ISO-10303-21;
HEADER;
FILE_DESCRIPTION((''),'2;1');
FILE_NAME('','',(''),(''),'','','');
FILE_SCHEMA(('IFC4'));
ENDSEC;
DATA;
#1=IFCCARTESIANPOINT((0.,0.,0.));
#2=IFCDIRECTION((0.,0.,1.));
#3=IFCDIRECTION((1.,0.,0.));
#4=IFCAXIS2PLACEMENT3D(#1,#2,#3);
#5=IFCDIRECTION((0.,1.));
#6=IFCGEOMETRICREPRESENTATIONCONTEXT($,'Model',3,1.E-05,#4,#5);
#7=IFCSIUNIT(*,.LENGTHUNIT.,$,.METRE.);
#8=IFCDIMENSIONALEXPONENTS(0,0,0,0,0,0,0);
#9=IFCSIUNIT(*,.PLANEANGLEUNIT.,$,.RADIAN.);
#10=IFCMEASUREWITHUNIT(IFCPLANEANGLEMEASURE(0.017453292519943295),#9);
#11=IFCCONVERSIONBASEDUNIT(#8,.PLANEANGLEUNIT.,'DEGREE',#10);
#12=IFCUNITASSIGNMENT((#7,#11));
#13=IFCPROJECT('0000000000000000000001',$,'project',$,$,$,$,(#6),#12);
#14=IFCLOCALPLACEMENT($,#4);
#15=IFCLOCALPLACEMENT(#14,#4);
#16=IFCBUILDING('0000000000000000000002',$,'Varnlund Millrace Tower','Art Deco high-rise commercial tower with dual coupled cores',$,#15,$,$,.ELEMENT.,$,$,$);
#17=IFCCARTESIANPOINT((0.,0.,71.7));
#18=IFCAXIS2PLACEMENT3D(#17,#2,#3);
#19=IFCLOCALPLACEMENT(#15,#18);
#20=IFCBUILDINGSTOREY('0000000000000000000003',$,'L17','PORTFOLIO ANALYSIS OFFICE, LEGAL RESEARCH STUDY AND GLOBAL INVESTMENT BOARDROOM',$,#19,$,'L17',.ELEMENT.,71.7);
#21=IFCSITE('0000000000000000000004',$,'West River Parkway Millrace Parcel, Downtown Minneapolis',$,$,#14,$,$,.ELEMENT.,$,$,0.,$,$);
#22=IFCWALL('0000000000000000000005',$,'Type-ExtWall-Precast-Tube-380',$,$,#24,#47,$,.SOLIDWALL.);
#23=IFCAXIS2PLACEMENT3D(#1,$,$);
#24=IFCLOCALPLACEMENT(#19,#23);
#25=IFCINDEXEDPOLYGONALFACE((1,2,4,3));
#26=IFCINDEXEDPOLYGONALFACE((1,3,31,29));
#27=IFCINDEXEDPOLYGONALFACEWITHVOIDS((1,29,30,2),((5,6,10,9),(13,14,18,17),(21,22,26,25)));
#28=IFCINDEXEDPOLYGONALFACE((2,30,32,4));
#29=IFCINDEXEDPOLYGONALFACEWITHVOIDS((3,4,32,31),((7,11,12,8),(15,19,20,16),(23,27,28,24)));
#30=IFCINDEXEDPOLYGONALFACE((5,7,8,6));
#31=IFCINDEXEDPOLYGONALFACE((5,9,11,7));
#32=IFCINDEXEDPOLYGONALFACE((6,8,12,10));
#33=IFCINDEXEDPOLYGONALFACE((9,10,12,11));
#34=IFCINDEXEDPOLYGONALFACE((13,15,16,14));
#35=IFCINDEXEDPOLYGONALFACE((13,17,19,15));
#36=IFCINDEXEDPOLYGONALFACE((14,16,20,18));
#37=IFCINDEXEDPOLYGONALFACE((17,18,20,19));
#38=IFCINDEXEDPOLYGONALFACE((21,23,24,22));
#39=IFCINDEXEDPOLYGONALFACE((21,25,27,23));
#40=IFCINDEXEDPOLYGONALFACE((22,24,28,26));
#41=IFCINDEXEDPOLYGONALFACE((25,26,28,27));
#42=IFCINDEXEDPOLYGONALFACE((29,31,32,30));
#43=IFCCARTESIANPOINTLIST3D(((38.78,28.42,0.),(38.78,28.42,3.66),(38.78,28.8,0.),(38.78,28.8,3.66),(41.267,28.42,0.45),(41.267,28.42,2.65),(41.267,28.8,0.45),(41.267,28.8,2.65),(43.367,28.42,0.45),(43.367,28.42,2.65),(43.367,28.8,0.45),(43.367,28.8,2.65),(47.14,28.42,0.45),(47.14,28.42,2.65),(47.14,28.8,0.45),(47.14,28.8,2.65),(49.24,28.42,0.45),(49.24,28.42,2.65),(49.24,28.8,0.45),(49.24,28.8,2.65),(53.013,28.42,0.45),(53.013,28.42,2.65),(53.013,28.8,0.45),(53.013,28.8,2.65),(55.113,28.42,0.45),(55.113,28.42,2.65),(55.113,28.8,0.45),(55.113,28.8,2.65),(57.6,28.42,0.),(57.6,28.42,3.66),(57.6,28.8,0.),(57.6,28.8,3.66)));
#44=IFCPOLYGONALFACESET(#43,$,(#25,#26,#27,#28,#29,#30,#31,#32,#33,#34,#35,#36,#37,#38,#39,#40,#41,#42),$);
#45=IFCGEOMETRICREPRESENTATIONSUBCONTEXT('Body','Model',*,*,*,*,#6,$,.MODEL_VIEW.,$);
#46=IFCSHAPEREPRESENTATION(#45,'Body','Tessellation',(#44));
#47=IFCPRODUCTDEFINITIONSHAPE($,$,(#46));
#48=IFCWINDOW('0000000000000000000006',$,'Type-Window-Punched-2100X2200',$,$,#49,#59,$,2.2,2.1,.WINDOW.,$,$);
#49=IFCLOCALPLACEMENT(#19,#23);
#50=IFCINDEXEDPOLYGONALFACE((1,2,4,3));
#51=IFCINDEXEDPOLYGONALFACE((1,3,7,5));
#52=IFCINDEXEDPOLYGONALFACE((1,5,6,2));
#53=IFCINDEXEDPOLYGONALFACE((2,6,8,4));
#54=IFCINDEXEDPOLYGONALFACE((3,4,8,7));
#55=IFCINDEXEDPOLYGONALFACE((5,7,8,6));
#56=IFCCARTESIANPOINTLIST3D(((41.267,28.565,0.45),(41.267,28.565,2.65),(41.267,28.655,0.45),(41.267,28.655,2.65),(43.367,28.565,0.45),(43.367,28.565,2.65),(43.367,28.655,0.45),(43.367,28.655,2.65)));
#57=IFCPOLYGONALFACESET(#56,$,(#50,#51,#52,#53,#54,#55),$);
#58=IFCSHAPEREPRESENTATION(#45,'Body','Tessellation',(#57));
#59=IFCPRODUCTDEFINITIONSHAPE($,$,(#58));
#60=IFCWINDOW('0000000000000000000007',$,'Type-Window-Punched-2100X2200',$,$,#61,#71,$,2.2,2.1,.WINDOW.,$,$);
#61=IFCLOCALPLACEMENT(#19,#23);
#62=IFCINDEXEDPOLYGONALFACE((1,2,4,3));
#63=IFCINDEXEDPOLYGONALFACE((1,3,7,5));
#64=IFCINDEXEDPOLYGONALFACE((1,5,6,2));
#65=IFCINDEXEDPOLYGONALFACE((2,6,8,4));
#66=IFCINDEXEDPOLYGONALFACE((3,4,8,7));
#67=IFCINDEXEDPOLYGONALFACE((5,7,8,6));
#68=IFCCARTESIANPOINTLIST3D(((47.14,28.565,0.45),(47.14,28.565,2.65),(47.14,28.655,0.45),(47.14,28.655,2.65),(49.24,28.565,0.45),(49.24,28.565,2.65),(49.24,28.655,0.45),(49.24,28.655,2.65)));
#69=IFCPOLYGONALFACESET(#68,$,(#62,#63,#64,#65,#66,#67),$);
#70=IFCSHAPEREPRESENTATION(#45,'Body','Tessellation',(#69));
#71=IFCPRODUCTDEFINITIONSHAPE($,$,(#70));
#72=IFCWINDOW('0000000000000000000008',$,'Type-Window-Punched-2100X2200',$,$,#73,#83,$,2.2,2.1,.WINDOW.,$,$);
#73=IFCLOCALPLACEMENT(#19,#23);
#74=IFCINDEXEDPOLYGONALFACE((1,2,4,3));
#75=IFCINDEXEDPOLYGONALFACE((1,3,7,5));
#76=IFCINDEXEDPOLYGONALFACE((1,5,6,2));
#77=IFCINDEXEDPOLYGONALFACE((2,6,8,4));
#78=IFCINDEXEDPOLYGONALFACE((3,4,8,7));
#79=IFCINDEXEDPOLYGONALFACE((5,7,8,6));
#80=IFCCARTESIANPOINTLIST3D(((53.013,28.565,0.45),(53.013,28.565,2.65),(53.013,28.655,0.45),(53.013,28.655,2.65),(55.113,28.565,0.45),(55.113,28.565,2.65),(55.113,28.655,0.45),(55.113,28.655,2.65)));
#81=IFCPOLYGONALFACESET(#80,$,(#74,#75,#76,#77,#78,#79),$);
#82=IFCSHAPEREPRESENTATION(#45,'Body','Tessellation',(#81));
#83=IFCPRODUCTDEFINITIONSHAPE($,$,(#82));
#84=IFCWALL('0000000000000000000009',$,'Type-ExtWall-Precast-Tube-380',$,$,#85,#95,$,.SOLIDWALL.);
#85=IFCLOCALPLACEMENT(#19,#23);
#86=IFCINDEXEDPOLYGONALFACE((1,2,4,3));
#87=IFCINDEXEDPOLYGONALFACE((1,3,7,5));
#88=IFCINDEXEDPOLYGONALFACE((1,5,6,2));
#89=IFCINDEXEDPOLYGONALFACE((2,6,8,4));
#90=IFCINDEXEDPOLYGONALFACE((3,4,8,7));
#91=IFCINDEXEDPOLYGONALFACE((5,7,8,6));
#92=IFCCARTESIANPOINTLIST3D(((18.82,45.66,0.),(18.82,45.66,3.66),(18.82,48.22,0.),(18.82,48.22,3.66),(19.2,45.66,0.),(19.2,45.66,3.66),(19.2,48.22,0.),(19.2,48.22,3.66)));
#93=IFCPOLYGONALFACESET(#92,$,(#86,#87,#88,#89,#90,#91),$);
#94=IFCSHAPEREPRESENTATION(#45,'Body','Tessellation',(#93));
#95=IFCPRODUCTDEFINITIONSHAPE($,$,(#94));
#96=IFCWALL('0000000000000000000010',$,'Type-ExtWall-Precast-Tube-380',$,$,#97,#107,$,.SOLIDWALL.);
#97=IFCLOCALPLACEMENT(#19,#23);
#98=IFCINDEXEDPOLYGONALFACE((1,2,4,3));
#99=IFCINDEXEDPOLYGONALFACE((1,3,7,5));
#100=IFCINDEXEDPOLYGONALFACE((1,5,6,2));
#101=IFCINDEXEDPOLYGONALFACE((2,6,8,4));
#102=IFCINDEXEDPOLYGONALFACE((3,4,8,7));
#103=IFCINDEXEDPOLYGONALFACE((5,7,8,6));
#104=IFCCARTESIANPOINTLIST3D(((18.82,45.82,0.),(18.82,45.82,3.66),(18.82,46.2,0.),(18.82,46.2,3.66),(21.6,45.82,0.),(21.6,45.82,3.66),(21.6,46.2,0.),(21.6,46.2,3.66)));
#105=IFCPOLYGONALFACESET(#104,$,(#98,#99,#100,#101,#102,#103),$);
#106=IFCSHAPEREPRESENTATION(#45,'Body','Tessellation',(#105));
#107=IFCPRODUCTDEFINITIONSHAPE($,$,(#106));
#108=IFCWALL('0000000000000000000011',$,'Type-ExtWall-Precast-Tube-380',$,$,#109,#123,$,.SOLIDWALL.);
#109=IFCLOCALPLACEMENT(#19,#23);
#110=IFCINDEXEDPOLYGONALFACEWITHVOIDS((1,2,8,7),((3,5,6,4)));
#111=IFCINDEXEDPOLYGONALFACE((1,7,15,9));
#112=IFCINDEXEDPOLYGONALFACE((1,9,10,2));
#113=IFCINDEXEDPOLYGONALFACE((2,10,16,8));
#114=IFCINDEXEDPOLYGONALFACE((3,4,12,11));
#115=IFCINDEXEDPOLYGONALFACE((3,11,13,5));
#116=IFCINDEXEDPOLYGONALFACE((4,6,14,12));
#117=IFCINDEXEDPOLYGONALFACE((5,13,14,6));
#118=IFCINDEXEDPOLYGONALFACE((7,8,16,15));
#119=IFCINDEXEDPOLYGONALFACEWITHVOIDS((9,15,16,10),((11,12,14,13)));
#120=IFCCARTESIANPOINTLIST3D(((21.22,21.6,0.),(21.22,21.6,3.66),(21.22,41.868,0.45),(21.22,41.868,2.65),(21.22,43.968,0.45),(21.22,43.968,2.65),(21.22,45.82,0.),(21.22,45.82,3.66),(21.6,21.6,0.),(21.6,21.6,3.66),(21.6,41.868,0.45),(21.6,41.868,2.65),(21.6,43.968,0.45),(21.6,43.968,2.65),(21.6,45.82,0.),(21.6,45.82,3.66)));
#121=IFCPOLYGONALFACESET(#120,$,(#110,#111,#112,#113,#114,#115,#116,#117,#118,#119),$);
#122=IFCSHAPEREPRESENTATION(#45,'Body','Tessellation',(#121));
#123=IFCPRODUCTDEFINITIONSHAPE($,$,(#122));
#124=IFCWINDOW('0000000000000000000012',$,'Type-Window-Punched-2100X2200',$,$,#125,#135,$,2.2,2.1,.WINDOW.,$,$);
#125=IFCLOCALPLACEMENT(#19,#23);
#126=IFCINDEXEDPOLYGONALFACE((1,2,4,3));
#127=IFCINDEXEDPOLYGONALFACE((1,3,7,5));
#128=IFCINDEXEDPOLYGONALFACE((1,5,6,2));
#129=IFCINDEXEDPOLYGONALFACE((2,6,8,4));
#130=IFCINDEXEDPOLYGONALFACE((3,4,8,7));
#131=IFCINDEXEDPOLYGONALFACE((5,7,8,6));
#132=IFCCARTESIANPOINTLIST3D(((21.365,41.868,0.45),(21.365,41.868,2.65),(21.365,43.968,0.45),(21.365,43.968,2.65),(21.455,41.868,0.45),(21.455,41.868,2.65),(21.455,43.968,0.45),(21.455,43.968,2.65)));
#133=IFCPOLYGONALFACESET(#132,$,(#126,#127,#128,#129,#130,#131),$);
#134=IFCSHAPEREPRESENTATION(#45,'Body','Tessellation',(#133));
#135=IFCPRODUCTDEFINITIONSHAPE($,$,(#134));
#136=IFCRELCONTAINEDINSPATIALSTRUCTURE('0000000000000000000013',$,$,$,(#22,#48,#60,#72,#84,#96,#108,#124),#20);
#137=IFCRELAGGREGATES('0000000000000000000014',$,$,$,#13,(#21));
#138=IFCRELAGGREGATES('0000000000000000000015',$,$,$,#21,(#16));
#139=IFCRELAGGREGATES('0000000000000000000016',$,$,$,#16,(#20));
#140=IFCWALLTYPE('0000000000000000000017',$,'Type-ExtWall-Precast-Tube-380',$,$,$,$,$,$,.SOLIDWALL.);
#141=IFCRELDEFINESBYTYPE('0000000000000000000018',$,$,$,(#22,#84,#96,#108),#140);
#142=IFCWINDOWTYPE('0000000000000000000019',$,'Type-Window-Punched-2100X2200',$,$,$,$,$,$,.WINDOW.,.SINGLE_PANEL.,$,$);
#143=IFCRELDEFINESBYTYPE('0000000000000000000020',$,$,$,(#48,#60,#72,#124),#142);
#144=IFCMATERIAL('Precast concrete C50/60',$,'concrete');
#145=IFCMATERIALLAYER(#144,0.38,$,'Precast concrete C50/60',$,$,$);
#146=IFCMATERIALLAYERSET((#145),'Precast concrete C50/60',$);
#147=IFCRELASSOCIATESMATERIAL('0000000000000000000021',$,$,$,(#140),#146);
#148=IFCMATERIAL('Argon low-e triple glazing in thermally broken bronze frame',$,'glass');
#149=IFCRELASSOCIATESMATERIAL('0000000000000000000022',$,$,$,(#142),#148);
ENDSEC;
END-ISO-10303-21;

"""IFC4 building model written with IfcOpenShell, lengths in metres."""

from ifc_helpers import new_model, entity, si_unit, converted_unit, direction, frame, origin_with_axes, origin_2d_with_axis, place, context, subcontext, project, spatial, polyline, rectangle, outline, extrude, material, layer, layer_set, type_object, element, fill, save


model = new_model("IFC4")

# Units and contexts
model_context = context("Model", 3, precision=1e-05, world=origin_with_axes(), true_north=direction((0.0, 1.0)))
body_context = subcontext(model_context, "Body", "Model", "MODEL_VIEW")
ifc_project = project(units=[si_unit("LENGTHUNIT", "METRE"), converted_unit("PLANEANGLEUNIT", "DEGREE", entity("IfcPlaneAngleMeasure", 0.017453292519943295), si_unit("PLANEANGLEUNIT", "RADIAN"), dimensions=[0, 0, 0, 0, 0, 0, 0])], contexts=[model_context])

# Site, building, storey
site_placement = place(None, origin_with_axes())
site = spatial("IfcSite", under=ifc_project, at=site_placement, Name="West River Parkway Millrace Parcel, Downtown Minneapolis", CompositionType="ELEMENT", RefElevation=0.0)
building_placement = place(site_placement, origin_with_axes())
building = spatial("IfcBuilding", under=site, at=building_placement, Name="Varnlund Millrace Tower", Description="Art Deco high-rise commercial tower with dual coupled cores", CompositionType="ELEMENT")
storey_placement = place(building_placement, frame((0.0, 0.0, 71.7), z_axis=(0.0, 0.0, 1.0), x_axis=(1.0, 0.0, 0.0)))
storey = spatial("IfcBuildingStorey", under=building, at=storey_placement, Name="L17", Description="PORTFOLIO ANALYSIS OFFICE, LEGAL RESEARCH STUDY AND GLOBAL INVESTMENT BOARDROOM", LongName="L17", CompositionType="ELEMENT", Elevation=71.7)

# Shared definitions
ifc_material_1 = material(Name="Precast concrete C50/60", Category="concrete")
ifc_layer_1 = layer(ifc_material_1, 0.38, Name="Precast concrete C50/60")
ifc_layer_set_1 = layer_set([ifc_layer_1], Name="Precast concrete C50/60")
wall_type_1 = type_object("IfcWallType", Name="Type-ExtWall-Precast-Tube-380", PredefinedType="SOLIDWALL", material=ifc_layer_set_1)

# Wall, openings, windows
wall_1_placement = place(storey_placement, frame((38.78, 28.61, 0.0), z_axis=(0.0, 0.0, 1.0), x_axis=(1.0, 0.0, 0.0)))
wall_1 = element("IfcWall", 1, at=wall_1_placement, inside=storey, type_object=wall_type_1, Name="Type-ExtWall-Precast-Tube-380", PredefinedType="SOLIDWALL", context=body_context, shape_type="SweptSolid", body=[
    extrude(outline(polyline([(0.0, -0.19), (18.82, -0.19), (18.82, 0.19), (0.0, 0.19), (0.0, -0.19)])), origin_with_axes(), (0.0, 0.0, 1.0), 3.66),
])
opening_1_placement = place(wall_1_placement, frame((3.537, 0.0, 0.45), z_axis=(0.0, 0.0, 1.0), x_axis=(1.0, 0.0, 0.0)))
opening_1 = element("IfcOpeningElement", 2, at=opening_1_placement, cuts=wall_1, PredefinedType="OPENING", context=body_context, shape_type="SweptSolid", body=[
    extrude(rectangle(XDim=2.1, YDim=0.4, at=origin_2d_with_axis()), origin_with_axes(), (0.0, 0.0, 1.0), 2.2),
])
opening_2_placement = place(wall_1_placement, frame((9.41, 0.0, 0.45), z_axis=(0.0, 0.0, 1.0), x_axis=(1.0, 0.0, 0.0)))
opening_2 = element("IfcOpeningElement", 3, at=opening_2_placement, cuts=wall_1, PredefinedType="OPENING", context=body_context, shape_type="SweptSolid", body=[
    extrude(rectangle(XDim=2.1, YDim=0.4, at=origin_2d_with_axis()), origin_with_axes(), (0.0, 0.0, 1.0), 2.2),
])
opening_3_placement = place(wall_1_placement, frame((15.283, 0.0, 0.45), z_axis=(0.0, 0.0, 1.0), x_axis=(1.0, 0.0, 0.0)))
opening_3 = element("IfcOpeningElement", 4, at=opening_3_placement, cuts=wall_1, PredefinedType="OPENING", context=body_context, shape_type="SweptSolid", body=[
    extrude(rectangle(XDim=2.1, YDim=0.4, at=origin_2d_with_axis()), origin_with_axes(), (0.0, 0.0, 1.0), 2.2),
])
ifc_material_2 = material(Name="Argon low-e triple glazing in thermally broken bronze frame", Category="glass")
window_type = type_object("IfcWindowType", Name="Type-Window-Punched-2100X2200", PartitioningType="SINGLE_PANEL", PredefinedType="WINDOW", material=ifc_material_2)
window_1_placement = place(wall_1_placement, frame((3.537, 0.0, 0.45), z_axis=(0.0, 0.0, 1.0), x_axis=(1.0, 0.0, 0.0)))
window_1 = element("IfcWindow", 5, at=window_1_placement, inside=storey, type_object=window_type, Name="Type-Window-Punched-2100X2200", OverallHeight=2.2, OverallWidth=2.1, PredefinedType="WINDOW", context=body_context, shape_type="SweptSolid", body=[
    extrude(rectangle(XDim=2.1, YDim=0.09, at=origin_2d_with_axis()), origin_with_axes(), (0.0, 0.0, 1.0), 2.2),
])
fill(opening_1, window_1)
window_2_placement = place(wall_1_placement, frame((9.41, 0.0, 0.45), z_axis=(0.0, 0.0, 1.0), x_axis=(1.0, 0.0, 0.0)))
window_2 = element("IfcWindow", 6, at=window_2_placement, inside=storey, type_object=window_type, Name="Type-Window-Punched-2100X2200", OverallHeight=2.2, OverallWidth=2.1, PredefinedType="WINDOW", context=body_context, shape_type="SweptSolid", body=[
    extrude(rectangle(XDim=2.1, YDim=0.09, at=origin_2d_with_axis()), origin_with_axes(), (0.0, 0.0, 1.0), 2.2),
])
fill(opening_2, window_2)
window_3_placement = place(wall_1_placement, frame((15.283, 0.0, 0.45), z_axis=(0.0, 0.0, 1.0), x_axis=(1.0, 0.0, 0.0)))
window_3 = element("IfcWindow", 7, at=window_3_placement, inside=storey, type_object=window_type, Name="Type-Window-Punched-2100X2200", OverallHeight=2.2, OverallWidth=2.1, PredefinedType="WINDOW", context=body_context, shape_type="SweptSolid", body=[
    extrude(rectangle(XDim=2.1, YDim=0.09, at=origin_2d_with_axis()), origin_with_axes(), (0.0, 0.0, 1.0), 2.2),
])
fill(opening_3, window_3)

# Walls
wall_2_placement = place(storey_placement, frame((19.01, 48.22, 0.0), z_axis=(0.0, 0.0, 1.0), x_axis=(0.0, -1.0, 0.0)))
element("IfcWall", 8, at=wall_2_placement, inside=storey, type_object=wall_type_1, Name="Type-ExtWall-Precast-Tube-380", PredefinedType="SOLIDWALL", context=body_context, shape_type="SweptSolid", body=[
    extrude(outline(polyline([(0.0, -0.19), (2.56, -0.19), (2.56, 0.19), (0.0, 0.19), (0.0, -0.19)])), origin_with_axes(), (0.0, 0.0, 1.0), 3.66),
])
wall_3_placement = place(storey_placement, frame((18.82, 46.01, 0.0), z_axis=(0.0, 0.0, 1.0), x_axis=(1.0, 0.0, 0.0)))
element("IfcWall", 9, at=wall_3_placement, inside=storey, type_object=wall_type_1, Name="Type-ExtWall-Precast-Tube-380", PredefinedType="SOLIDWALL", context=body_context, shape_type="SweptSolid", body=[
    extrude(outline(polyline([(0.0, -0.19), (2.78, -0.19), (2.78, 0.19), (0.0, 0.19), (0.0, -0.19)])), origin_with_axes(), (0.0, 0.0, 1.0), 3.66),
])

# Wall, opening, window
wall_4_placement = place(storey_placement, frame((21.41, 45.82, 0.0), z_axis=(0.0, 0.0, 1.0), x_axis=(0.0, -1.0, 0.0)))
wall_4 = element("IfcWall", 10, at=wall_4_placement, inside=storey, type_object=wall_type_1, Name="Type-ExtWall-Precast-Tube-380", PredefinedType="SOLIDWALL", context=body_context, shape_type="SweptSolid", body=[
    extrude(outline(polyline([(0.0, -0.19), (24.22, -0.19), (24.22, 0.19), (0.0, 0.19), (0.0, -0.19)])), origin_with_axes(), (0.0, 0.0, 1.0), 3.66),
])
opening_4_placement = place(wall_4_placement, frame((2.902, 0.0, 0.45), z_axis=(0.0, 0.0, 1.0), x_axis=(1.0, 0.0, 0.0)))
opening_4 = element("IfcOpeningElement", 11, at=opening_4_placement, cuts=wall_4, PredefinedType="OPENING", context=body_context, shape_type="SweptSolid", body=[
    extrude(rectangle(XDim=2.1, YDim=0.4, at=origin_2d_with_axis()), origin_with_axes(), (0.0, 0.0, 1.0), 2.2),
])
window_4_placement = place(wall_4_placement, frame((2.902, 0.0, 0.45), z_axis=(0.0, 0.0, 1.0), x_axis=(1.0, 0.0, 0.0)))
window_4 = element("IfcWindow", 12, at=window_4_placement, inside=storey, type_object=window_type, Name="Type-Window-Punched-2100X2200", OverallHeight=2.2, OverallWidth=2.1, PredefinedType="WINDOW", context=body_context, shape_type="SweptSolid", body=[
    extrude(rectangle(XDim=2.1, YDim=0.09, at=origin_2d_with_axis()), origin_with_axes(), (0.0, 0.0, 1.0), 2.2),
])
fill(opening_4, window_4)

save(model, "model.ifc")
